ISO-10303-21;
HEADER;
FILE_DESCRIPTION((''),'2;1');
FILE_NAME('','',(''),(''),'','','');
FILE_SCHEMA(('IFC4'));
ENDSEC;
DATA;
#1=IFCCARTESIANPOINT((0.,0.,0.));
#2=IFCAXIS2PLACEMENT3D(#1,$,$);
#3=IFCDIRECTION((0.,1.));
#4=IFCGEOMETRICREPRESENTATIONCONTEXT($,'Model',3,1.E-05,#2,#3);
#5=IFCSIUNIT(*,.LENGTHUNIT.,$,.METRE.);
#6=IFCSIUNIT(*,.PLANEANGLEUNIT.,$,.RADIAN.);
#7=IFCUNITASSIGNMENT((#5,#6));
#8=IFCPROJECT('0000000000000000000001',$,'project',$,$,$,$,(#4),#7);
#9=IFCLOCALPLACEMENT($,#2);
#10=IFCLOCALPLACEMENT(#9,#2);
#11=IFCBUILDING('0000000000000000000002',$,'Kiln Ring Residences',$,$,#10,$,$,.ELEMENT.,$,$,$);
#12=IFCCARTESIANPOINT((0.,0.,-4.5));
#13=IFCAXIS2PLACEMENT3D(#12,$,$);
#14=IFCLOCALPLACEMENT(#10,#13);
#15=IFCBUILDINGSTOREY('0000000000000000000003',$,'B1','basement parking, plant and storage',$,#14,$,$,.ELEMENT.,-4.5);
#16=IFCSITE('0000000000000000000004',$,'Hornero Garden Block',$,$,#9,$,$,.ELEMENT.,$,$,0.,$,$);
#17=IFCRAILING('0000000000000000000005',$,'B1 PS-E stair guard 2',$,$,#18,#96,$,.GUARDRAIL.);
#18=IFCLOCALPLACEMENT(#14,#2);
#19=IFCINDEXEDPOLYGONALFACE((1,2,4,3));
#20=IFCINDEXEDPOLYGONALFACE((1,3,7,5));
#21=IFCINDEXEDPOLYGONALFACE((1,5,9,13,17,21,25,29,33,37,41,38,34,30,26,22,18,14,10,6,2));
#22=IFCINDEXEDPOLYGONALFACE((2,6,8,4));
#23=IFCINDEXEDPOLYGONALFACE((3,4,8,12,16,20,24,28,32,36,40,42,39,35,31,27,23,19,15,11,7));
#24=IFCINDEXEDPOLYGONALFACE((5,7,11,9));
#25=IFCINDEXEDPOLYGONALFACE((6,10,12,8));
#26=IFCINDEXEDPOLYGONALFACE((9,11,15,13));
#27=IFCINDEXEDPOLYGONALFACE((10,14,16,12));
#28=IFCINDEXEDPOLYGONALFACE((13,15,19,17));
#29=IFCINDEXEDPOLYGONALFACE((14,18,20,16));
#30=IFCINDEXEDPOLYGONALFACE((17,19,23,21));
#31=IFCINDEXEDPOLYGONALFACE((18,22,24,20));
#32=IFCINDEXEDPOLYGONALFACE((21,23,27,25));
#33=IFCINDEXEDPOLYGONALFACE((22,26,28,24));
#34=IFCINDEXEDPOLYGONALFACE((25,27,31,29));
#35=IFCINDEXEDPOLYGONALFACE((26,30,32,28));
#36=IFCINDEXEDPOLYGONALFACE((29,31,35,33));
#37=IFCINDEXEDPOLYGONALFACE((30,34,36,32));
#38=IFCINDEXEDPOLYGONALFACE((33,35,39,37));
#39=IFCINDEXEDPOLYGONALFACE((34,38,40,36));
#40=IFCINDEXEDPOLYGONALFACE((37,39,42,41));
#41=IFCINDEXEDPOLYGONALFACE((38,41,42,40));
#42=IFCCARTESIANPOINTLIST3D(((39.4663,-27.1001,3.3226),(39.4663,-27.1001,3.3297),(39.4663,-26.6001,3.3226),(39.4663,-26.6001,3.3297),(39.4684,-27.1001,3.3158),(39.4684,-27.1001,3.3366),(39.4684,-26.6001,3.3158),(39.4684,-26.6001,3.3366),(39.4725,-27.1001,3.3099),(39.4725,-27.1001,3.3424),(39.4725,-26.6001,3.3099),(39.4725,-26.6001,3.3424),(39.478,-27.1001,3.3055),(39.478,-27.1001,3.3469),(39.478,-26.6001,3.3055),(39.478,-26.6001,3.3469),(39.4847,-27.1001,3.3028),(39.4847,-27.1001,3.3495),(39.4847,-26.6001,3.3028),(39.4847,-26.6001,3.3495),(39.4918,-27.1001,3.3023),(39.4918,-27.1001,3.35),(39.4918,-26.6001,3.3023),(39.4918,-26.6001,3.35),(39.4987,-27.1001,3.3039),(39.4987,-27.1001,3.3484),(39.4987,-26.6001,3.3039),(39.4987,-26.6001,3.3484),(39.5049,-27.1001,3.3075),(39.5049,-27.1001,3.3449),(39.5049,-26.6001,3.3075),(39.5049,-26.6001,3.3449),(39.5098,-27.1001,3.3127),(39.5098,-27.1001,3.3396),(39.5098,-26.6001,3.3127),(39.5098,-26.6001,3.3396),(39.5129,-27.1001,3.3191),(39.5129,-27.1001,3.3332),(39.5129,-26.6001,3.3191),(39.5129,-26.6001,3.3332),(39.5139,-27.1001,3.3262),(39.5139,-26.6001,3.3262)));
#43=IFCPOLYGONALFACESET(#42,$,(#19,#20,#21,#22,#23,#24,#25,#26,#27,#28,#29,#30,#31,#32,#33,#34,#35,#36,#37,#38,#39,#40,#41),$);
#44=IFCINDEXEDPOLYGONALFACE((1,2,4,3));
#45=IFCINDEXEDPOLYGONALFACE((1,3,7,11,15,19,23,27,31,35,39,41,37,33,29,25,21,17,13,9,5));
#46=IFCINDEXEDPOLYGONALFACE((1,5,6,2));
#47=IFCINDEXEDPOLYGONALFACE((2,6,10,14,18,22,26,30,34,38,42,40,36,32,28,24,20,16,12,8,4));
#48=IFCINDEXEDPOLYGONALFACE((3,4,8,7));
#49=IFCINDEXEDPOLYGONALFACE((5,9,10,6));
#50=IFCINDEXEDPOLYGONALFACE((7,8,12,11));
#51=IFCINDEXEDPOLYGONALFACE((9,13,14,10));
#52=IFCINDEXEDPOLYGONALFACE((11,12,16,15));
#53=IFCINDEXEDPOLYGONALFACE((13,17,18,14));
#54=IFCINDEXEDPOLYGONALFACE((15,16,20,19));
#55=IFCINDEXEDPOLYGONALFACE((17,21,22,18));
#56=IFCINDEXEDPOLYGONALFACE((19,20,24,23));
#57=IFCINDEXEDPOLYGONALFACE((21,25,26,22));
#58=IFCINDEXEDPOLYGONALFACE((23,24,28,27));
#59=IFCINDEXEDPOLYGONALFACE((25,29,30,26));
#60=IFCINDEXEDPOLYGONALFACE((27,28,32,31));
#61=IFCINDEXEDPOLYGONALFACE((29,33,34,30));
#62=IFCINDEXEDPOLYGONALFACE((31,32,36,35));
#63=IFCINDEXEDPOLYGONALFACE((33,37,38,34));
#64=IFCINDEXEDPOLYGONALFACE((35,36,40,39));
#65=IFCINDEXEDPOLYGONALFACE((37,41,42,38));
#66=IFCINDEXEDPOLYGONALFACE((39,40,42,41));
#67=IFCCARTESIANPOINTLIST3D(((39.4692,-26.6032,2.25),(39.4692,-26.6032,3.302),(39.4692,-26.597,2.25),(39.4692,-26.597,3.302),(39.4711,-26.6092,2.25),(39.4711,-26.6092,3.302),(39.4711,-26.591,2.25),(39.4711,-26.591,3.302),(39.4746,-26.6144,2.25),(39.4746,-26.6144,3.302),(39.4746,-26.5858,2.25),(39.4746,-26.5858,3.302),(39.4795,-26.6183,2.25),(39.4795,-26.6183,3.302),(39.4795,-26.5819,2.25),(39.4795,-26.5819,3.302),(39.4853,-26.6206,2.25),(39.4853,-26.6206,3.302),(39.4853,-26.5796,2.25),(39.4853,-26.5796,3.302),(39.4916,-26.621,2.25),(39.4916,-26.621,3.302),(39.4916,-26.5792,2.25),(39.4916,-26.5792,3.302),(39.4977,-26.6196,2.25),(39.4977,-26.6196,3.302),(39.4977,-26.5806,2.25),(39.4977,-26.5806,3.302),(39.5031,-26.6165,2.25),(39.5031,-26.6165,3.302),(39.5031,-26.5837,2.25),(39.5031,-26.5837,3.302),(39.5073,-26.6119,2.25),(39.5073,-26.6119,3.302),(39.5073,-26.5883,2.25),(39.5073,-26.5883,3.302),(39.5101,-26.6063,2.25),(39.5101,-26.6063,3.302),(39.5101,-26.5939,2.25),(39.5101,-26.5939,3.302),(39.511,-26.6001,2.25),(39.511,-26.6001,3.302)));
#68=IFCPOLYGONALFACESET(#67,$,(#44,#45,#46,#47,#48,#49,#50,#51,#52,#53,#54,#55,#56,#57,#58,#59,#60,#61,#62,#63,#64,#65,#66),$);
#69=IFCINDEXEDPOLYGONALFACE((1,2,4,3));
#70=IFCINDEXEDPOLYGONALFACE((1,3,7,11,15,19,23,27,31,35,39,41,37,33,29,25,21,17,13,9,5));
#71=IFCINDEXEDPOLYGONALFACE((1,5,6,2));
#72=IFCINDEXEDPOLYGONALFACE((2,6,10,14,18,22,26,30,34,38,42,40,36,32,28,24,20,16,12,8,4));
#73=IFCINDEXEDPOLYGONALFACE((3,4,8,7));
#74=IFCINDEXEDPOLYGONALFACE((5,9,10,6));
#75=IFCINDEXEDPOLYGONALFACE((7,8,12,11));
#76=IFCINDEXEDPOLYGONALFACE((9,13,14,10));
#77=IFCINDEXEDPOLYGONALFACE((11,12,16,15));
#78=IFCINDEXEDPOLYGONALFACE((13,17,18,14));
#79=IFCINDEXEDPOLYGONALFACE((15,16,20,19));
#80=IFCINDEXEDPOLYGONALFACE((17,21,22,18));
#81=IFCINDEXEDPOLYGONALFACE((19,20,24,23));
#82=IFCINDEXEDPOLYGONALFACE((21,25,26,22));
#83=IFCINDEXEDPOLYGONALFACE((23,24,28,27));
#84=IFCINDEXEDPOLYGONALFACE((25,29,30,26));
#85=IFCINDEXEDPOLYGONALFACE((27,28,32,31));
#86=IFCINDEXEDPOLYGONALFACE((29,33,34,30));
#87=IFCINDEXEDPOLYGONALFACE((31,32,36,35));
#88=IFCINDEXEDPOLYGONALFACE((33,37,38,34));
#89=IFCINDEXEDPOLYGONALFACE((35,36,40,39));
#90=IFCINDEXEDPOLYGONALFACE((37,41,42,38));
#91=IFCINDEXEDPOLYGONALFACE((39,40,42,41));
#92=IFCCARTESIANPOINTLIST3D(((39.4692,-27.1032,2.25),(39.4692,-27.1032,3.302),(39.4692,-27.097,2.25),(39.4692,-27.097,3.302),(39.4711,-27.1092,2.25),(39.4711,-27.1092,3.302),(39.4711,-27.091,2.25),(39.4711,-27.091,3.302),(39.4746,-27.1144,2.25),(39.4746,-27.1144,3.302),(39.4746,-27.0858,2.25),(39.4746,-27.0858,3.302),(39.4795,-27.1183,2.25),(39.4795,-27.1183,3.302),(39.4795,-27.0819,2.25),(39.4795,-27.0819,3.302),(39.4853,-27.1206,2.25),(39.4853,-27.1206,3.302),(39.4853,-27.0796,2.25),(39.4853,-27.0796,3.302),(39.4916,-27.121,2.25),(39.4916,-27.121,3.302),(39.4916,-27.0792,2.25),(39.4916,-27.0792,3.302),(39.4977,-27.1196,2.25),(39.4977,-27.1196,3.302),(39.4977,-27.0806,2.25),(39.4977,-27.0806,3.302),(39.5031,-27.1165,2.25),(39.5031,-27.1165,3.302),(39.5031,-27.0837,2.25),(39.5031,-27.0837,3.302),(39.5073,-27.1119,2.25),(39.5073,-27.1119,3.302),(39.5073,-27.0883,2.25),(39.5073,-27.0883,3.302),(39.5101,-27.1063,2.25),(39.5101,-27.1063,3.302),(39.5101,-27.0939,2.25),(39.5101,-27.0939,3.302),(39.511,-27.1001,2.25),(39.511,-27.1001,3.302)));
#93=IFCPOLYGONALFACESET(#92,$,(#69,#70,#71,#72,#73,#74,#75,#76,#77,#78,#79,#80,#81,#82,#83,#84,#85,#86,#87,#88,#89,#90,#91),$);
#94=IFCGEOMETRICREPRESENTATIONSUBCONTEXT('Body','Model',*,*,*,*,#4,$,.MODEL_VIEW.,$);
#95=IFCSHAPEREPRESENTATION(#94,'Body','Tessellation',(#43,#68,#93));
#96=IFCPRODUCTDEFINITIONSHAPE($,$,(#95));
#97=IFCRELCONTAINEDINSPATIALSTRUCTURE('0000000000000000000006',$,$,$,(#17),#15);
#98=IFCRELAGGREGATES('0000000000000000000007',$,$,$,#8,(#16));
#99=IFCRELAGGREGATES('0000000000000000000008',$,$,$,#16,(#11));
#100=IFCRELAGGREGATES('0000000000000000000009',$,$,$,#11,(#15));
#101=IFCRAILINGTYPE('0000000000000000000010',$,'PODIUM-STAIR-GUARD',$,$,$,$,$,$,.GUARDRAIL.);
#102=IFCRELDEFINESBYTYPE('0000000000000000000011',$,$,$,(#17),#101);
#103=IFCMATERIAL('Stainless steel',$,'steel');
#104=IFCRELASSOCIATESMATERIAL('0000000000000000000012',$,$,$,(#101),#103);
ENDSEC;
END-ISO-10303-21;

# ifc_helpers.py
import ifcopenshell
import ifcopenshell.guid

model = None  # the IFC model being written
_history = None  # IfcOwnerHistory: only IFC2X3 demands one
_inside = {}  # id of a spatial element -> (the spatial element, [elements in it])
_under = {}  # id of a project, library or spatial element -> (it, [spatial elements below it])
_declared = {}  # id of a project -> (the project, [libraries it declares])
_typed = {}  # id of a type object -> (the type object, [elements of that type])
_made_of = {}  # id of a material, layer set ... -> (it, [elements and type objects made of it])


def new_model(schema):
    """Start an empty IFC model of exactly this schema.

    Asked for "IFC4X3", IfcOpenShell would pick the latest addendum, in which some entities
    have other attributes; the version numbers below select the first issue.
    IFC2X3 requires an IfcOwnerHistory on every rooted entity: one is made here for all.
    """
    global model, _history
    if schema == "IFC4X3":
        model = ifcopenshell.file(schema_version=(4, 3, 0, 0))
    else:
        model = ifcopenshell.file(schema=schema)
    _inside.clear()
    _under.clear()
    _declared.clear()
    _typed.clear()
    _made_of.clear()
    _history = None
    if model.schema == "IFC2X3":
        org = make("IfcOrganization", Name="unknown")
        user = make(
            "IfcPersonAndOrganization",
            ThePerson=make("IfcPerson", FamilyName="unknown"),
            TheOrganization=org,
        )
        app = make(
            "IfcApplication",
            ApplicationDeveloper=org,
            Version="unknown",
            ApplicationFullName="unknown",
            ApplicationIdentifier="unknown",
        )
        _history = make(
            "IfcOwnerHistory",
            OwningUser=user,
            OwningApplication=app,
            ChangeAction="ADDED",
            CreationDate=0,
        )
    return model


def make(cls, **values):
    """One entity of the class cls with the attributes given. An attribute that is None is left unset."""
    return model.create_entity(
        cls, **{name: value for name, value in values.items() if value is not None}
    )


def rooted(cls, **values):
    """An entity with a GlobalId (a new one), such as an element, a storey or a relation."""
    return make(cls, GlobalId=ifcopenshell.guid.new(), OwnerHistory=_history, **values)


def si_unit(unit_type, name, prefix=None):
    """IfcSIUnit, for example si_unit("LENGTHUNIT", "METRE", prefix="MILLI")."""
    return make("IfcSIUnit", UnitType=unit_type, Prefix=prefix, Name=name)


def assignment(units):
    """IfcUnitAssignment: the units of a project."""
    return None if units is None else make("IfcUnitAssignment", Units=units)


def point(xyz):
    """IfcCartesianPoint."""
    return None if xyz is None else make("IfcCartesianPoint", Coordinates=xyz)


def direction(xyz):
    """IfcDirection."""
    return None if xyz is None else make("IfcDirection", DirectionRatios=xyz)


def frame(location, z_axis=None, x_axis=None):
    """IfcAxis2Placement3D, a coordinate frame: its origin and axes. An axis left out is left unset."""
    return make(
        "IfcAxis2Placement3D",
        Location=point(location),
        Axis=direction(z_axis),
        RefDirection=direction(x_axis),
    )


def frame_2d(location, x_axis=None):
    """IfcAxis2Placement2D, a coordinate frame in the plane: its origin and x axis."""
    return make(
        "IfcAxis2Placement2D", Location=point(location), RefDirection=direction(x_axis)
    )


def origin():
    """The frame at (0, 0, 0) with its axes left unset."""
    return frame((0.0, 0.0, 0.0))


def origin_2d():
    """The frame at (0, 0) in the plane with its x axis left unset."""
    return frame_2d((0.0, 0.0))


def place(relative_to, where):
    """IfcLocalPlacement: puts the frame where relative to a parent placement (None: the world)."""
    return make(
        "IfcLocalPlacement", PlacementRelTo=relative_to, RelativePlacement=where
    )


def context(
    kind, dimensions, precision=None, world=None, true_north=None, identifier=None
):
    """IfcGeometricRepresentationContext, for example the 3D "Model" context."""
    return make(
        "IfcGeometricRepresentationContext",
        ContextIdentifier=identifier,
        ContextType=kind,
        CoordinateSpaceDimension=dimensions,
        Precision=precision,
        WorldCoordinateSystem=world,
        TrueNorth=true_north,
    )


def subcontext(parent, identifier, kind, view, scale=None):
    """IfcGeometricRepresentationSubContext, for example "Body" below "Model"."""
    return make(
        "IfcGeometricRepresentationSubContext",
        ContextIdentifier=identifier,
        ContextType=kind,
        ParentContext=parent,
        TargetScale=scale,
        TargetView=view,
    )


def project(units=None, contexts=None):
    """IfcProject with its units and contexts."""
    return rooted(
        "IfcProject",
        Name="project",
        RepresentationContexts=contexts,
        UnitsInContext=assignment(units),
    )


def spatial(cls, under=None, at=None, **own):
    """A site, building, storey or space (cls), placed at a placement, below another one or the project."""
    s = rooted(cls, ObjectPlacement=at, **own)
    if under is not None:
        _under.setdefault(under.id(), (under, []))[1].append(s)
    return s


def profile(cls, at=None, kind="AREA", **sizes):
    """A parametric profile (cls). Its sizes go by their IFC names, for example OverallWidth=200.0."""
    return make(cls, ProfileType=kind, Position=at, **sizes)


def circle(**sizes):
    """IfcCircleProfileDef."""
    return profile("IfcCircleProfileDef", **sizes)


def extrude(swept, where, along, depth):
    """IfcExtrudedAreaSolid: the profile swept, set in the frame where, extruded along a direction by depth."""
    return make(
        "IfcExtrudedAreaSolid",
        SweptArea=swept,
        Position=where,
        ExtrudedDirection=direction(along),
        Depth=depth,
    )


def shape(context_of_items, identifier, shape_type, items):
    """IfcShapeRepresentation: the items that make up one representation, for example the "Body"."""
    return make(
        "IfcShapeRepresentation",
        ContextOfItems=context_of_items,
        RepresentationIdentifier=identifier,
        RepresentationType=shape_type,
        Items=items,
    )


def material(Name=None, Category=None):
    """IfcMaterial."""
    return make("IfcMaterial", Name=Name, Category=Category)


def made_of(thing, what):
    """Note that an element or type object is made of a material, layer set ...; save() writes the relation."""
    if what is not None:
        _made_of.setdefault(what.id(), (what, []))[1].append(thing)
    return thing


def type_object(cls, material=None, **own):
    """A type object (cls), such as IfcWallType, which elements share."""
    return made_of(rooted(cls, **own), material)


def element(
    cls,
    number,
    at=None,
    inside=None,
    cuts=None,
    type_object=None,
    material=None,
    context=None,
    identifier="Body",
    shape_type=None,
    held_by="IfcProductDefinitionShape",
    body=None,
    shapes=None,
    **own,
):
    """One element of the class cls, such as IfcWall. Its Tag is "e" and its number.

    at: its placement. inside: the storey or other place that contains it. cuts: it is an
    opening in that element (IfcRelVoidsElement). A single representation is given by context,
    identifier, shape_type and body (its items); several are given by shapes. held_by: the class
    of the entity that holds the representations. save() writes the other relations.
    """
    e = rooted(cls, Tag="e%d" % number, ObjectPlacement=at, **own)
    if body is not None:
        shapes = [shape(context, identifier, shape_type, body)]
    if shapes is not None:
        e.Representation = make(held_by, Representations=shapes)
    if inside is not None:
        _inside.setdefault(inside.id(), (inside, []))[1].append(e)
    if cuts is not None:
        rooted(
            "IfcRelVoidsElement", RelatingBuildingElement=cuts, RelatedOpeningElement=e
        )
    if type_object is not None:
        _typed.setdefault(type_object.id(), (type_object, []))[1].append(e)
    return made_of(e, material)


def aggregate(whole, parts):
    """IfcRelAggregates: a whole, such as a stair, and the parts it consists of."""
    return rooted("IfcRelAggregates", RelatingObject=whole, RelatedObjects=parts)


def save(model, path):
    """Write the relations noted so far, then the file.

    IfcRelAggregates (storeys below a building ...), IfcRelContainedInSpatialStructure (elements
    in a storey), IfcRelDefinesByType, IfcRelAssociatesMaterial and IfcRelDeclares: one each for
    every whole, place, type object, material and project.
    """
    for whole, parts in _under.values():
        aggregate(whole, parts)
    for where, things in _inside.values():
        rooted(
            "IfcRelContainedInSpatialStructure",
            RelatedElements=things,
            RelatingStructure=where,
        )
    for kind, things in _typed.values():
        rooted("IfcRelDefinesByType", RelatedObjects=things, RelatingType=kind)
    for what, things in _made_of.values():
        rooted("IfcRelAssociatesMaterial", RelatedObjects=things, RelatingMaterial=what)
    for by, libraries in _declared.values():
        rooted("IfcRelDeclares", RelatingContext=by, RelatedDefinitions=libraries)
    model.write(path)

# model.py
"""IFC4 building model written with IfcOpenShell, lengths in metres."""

from ifc_helpers import new_model, si_unit, direction, frame, origin, origin_2d, place, context, subcontext, project, spatial, circle, extrude, material, type_object, element, save


model = new_model("IFC4")

# Units and contexts
model_context = context("Model", 3, precision=1e-05, world=origin(), true_north=direction((0.0, 1.0)))
body_context = subcontext(model_context, "Body", "Model", "MODEL_VIEW")
ifc_project = project(units=[si_unit("LENGTHUNIT", "METRE"), si_unit("PLANEANGLEUNIT", "RADIAN")], contexts=[model_context])

# Site, building, storey
site_placement = place(None, origin())
site = spatial("IfcSite", under=ifc_project, at=site_placement, Name="Hornero Garden Block", CompositionType="ELEMENT", RefElevation=0.0)
building_placement = place(site_placement, origin())
building = spatial("IfcBuilding", under=site, at=building_placement, Name="Kiln Ring Residences", CompositionType="ELEMENT")
storey_placement = place(building_placement, frame((0.0, 0.0, -4.5)))
storey = spatial("IfcBuildingStorey", under=building, at=storey_placement, Name="B1", Description="basement parking, plant and storage", CompositionType="ELEMENT", Elevation=-4.5)

# Railing
ifc_material_1 = material(Name="Stainless steel", Category="steel")
railing_type_1 = type_object("IfcRailingType", Name="PODIUM-STAIR-GUARD", PredefinedType="GUARDRAIL", material=ifc_material_1)
railing_1_placement = place(storey_placement, frame((39.49, -26.6001, 2.25)))
element("IfcRailing", 1, at=railing_1_placement, inside=storey, type_object=railing_type_1, Name="B1 PS-E stair guard 2", PredefinedType="GUARDRAIL", context=body_context, shape_type="SweptSolid", body=[
    extrude(circle(Radius=0.0239, at=origin_2d()), frame((0.0, 0.0, 1.0762), z_axis=(0.0, -1.0, 0.0), x_axis=(1.0, 0.0, 0.0)), (0.0, 0.0, 1.0), 0.5),
    extrude(circle(Radius=0.021, at=origin_2d()), origin(), (0.0, 0.0, 1.0), 1.052),
    extrude(circle(Radius=0.021, at=origin_2d()), frame((0.0, -0.5, 0.0)), (0.0, 0.0, 1.0), 1.052),
])

save(model, "model.ifc")
